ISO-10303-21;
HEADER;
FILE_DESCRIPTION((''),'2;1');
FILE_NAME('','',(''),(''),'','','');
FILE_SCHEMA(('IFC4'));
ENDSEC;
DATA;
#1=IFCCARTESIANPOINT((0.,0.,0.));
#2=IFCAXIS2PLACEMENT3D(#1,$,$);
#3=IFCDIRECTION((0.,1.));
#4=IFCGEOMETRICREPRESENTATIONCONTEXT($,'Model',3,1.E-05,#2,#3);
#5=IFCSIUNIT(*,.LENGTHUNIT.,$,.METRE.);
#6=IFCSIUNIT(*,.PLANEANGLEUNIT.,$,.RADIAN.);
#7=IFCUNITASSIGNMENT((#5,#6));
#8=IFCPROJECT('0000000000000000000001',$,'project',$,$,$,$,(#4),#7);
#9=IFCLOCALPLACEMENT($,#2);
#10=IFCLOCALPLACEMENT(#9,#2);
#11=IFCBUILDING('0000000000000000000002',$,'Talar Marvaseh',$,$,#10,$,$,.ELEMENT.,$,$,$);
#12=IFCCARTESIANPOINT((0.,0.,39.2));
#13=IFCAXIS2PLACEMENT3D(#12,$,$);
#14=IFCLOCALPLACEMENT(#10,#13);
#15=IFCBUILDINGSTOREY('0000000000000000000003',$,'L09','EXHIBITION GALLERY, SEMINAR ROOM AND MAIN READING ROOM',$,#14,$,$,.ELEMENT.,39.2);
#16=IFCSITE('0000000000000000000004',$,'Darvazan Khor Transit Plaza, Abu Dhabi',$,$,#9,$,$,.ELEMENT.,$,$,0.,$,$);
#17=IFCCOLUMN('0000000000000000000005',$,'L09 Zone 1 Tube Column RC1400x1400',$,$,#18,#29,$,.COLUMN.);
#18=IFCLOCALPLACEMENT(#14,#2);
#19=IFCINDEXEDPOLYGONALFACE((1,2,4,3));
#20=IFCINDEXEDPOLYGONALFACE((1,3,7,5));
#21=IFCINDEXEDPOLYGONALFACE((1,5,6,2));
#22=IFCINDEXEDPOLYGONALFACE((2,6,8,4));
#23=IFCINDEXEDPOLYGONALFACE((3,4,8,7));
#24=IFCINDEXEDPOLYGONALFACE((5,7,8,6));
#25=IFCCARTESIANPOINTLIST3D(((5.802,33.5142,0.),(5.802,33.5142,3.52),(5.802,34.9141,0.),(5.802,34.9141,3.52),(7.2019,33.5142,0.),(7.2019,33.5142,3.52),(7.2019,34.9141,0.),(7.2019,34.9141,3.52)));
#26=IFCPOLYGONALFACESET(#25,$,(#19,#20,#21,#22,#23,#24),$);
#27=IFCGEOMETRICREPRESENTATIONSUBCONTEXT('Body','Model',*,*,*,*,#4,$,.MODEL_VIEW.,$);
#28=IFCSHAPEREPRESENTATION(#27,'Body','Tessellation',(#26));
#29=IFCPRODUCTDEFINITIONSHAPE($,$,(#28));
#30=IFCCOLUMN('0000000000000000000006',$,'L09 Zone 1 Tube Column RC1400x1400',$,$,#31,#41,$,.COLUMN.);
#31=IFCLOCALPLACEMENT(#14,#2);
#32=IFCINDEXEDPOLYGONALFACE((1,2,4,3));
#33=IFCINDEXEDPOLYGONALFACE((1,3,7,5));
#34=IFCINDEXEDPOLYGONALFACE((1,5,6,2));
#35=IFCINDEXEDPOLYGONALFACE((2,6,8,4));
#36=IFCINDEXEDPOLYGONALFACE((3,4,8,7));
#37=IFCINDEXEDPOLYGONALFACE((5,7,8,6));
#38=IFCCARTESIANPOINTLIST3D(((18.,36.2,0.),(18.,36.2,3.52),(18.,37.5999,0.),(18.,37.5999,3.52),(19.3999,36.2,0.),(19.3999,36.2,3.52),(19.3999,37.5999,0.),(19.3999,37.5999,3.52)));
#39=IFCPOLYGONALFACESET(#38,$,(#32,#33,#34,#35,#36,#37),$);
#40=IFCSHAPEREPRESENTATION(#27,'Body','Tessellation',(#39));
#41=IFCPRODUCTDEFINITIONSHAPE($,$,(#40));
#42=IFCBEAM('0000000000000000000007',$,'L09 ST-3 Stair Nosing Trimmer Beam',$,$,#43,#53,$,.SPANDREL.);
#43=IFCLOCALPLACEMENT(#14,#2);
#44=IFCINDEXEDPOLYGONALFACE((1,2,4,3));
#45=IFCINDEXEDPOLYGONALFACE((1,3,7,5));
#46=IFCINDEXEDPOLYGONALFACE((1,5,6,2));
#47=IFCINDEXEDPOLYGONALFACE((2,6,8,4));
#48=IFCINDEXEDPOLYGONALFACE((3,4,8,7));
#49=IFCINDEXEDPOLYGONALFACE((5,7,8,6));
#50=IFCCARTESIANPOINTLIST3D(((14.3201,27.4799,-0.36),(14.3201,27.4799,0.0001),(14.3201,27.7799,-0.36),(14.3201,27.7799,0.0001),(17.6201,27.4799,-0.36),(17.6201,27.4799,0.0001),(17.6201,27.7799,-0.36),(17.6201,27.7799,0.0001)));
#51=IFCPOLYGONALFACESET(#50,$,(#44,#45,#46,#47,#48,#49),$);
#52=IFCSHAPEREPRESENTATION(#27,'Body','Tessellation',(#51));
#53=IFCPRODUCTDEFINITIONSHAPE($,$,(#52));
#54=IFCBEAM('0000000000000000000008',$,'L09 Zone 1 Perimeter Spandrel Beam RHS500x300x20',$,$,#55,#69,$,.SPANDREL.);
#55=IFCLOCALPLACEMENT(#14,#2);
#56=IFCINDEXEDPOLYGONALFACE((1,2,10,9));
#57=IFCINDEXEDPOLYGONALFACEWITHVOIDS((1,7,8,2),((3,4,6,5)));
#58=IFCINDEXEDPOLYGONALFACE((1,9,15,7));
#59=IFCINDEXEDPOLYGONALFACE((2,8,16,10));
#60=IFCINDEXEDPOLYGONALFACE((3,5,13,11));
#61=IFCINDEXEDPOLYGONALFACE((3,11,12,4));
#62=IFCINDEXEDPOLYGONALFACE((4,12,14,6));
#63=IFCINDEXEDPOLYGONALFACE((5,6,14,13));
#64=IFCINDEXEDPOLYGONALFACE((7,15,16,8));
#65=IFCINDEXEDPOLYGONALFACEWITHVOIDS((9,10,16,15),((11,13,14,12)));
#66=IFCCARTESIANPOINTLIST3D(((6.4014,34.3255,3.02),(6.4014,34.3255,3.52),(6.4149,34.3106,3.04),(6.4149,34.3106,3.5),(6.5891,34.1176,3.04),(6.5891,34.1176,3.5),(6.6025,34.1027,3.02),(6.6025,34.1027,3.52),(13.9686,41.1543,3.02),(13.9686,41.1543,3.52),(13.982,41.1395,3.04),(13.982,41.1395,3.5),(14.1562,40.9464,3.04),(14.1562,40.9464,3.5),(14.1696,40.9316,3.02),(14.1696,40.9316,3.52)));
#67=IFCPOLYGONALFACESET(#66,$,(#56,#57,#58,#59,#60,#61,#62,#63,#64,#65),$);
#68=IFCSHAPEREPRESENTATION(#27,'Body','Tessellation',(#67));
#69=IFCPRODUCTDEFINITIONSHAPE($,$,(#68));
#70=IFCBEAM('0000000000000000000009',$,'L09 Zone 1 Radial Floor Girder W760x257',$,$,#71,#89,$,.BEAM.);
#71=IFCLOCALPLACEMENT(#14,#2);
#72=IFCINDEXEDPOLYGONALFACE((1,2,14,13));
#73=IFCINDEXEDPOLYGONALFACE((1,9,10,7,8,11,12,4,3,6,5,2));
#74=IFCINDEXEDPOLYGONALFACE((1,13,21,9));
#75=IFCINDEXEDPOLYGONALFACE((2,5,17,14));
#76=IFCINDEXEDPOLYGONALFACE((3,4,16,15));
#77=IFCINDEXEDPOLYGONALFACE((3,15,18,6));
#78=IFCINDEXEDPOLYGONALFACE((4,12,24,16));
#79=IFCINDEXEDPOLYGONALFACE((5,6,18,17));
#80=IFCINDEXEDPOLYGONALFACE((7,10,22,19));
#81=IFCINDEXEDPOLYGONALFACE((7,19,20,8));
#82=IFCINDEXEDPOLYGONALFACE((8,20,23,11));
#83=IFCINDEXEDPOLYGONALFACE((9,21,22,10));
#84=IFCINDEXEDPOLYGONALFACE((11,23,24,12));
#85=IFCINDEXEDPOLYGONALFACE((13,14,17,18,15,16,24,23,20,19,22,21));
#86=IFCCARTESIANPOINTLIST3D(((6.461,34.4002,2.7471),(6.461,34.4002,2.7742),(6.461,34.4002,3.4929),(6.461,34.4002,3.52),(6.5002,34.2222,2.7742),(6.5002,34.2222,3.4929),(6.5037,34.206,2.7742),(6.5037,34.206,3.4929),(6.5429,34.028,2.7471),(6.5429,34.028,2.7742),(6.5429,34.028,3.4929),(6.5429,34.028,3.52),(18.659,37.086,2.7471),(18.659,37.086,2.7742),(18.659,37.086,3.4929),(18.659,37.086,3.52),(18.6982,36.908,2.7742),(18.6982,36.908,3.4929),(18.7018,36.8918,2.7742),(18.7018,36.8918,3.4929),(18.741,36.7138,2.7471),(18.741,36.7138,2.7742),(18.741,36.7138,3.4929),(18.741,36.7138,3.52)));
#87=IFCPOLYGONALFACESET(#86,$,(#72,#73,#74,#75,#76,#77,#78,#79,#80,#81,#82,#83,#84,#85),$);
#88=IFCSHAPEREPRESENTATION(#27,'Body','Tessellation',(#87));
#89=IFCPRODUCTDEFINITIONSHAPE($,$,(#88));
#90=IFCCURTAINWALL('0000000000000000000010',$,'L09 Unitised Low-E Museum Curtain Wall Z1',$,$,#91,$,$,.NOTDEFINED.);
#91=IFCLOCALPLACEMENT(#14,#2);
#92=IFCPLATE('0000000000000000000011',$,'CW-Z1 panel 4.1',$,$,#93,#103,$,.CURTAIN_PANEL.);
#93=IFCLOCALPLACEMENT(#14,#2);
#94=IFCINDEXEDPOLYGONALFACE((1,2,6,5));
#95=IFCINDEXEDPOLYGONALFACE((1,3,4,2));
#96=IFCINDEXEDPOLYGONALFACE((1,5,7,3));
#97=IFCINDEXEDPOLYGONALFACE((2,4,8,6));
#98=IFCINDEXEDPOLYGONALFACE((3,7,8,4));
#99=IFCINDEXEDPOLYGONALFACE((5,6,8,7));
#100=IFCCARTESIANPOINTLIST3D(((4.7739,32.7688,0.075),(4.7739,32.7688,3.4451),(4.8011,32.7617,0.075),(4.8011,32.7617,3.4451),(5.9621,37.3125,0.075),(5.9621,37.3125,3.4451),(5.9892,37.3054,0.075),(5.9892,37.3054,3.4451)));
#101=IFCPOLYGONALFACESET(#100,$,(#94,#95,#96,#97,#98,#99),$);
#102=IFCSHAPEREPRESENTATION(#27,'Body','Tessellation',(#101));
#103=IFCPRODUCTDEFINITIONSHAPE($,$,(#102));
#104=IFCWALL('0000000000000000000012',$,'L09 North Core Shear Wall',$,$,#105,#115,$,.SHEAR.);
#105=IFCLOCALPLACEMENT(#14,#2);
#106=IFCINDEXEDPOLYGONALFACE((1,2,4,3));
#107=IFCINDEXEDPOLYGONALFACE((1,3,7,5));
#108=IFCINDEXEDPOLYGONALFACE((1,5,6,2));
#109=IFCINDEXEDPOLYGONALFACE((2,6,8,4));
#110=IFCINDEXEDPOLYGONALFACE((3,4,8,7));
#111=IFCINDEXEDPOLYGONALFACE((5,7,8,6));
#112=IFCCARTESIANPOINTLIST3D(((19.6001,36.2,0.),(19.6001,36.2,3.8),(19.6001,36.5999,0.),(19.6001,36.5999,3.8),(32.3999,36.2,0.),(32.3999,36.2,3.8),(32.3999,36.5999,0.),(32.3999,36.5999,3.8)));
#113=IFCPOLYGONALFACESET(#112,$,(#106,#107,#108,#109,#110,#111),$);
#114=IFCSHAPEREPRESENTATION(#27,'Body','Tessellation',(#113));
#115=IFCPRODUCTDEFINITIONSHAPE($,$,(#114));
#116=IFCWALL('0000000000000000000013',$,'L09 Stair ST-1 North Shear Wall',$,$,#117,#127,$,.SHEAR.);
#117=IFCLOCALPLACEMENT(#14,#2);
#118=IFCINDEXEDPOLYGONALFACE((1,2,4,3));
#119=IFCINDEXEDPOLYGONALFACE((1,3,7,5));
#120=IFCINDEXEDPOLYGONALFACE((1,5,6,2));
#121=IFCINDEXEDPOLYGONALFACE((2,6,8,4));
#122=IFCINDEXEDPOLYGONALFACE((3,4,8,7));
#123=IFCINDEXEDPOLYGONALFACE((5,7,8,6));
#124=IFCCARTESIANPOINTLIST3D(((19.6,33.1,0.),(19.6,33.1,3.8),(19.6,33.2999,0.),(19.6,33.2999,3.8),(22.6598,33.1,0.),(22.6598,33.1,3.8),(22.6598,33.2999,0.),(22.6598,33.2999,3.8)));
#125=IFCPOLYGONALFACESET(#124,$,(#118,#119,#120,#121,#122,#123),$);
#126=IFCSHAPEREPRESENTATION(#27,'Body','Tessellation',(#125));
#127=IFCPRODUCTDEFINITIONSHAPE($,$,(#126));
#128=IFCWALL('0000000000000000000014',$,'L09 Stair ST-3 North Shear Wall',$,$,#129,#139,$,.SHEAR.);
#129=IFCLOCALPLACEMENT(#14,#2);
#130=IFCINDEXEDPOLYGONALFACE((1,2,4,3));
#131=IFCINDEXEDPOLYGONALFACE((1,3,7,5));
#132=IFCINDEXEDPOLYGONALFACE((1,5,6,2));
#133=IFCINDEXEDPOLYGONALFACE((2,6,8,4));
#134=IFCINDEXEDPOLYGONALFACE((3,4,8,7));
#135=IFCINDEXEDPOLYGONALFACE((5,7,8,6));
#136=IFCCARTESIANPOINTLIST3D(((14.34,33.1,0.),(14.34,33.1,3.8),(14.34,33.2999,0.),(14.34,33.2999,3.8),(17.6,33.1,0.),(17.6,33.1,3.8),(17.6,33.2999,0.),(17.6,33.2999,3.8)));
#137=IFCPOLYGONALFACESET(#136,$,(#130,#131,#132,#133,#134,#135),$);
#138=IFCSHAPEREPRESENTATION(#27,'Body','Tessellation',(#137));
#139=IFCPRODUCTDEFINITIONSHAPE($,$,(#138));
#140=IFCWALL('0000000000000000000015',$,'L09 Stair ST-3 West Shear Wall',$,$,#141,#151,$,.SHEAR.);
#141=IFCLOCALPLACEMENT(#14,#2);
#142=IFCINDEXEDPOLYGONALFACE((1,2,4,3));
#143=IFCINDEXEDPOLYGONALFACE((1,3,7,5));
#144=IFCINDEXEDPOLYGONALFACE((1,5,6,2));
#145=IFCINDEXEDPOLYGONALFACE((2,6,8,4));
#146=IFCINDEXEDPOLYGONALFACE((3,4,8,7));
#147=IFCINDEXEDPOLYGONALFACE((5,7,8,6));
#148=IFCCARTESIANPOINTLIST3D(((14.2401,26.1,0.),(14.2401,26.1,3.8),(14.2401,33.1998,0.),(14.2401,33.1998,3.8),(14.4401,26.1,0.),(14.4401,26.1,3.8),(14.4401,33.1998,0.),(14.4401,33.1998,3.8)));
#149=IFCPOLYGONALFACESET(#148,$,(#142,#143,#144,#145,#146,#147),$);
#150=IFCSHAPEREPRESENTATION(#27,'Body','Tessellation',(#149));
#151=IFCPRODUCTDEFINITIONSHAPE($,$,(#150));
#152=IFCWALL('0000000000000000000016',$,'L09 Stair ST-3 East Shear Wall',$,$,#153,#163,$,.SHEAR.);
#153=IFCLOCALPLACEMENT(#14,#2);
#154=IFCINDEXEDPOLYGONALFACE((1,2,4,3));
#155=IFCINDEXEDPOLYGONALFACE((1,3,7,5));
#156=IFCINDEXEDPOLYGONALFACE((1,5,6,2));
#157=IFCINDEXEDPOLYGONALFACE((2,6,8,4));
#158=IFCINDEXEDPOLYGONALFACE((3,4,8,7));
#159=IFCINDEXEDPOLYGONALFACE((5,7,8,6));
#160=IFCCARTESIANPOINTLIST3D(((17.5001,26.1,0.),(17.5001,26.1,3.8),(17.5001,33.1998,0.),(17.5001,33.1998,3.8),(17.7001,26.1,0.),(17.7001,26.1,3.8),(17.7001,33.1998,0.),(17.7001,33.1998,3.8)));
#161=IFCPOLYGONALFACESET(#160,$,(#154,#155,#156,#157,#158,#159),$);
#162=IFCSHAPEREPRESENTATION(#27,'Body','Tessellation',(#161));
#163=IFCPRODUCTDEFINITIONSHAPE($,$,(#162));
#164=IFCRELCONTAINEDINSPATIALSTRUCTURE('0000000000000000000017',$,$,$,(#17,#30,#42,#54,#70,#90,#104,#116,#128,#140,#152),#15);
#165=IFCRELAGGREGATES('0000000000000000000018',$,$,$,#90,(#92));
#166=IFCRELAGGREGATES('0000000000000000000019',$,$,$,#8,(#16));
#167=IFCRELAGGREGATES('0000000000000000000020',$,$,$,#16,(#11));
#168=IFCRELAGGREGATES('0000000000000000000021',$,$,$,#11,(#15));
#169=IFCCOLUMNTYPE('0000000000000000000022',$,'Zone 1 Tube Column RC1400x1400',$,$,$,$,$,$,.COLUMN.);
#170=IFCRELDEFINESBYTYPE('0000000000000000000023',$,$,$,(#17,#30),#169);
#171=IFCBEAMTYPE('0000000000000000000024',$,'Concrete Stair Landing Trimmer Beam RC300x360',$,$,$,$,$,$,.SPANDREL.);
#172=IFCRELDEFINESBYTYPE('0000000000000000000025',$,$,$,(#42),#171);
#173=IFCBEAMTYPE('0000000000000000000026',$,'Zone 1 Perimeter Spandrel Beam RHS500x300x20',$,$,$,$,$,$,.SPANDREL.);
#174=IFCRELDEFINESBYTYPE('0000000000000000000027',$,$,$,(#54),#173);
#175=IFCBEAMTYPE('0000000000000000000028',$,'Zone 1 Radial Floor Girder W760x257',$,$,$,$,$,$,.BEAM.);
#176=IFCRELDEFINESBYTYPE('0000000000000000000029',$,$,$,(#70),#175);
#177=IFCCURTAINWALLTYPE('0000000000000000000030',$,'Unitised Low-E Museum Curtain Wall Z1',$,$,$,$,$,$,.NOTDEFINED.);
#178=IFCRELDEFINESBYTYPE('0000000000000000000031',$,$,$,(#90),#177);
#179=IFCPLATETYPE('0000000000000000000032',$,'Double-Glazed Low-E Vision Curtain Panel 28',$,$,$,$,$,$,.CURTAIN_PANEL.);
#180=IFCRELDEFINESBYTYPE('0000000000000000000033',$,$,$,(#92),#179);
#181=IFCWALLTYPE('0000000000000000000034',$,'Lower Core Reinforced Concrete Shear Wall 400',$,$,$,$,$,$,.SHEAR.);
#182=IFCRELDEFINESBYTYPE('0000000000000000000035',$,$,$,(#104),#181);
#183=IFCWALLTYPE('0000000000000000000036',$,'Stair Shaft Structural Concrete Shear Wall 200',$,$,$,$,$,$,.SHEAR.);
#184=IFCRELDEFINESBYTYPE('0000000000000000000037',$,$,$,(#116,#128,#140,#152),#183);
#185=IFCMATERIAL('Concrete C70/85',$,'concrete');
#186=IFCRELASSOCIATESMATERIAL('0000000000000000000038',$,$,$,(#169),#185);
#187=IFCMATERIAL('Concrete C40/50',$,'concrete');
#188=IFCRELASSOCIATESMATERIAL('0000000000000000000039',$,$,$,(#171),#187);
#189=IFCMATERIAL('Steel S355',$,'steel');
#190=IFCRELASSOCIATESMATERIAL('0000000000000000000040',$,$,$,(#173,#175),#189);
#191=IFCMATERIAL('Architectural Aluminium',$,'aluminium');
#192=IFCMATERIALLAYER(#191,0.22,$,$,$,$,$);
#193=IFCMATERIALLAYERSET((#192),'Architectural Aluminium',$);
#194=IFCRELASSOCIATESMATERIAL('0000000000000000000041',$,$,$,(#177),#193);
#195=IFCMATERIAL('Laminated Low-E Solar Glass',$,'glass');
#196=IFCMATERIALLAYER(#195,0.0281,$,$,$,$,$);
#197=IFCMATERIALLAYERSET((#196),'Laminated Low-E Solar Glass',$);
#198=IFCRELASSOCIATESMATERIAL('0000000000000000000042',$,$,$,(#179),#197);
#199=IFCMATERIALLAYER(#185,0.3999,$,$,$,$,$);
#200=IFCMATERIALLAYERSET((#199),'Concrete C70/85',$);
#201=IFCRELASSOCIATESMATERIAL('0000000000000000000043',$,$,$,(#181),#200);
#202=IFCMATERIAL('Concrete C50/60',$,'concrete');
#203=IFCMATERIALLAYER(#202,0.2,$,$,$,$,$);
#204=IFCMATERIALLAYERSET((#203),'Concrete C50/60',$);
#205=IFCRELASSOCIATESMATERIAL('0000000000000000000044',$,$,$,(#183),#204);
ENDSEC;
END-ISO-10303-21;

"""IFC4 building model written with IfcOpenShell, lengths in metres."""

from ifc_helpers import new_model, si_unit, direction, frame, frame_2d, origin, origin_2d, place, context, subcontext, project, spatial, rectangle, hollow_rectangle, i_section, extrude, source, transform, mapped, material, layer, layer_set, material_profile, profile_set, type_object, type_shapes, element, aggregate, save


model = new_model("IFC4")

# Units and contexts
model_context = context("Model", 3, precision=1e-05, world=origin(), true_north=direction((0.0, 1.0)))
body_context = subcontext(model_context, "Body", "Model", "MODEL_VIEW")
ifc_project = project(units=[si_unit("LENGTHUNIT", "METRE"), si_unit("PLANEANGLEUNIT", "RADIAN")], contexts=[model_context])

# Site, building, storey
site_placement = place(None, origin())
site = spatial("IfcSite", under=ifc_project, at=site_placement, Name="Darvazan Khor Transit Plaza, Abu Dhabi", CompositionType="ELEMENT", RefElevation=0.0)
building_placement = place(site_placement, origin())
building = spatial("IfcBuilding", under=site, at=building_placement, Name="Talar Marvaseh", CompositionType="ELEMENT")
storey_placement = place(building_placement, frame((0.0, 0.0, 39.2)))
storey = spatial("IfcBuildingStorey", under=building, at=storey_placement, Name="L09", Description="EXHIBITION GALLERY, SEMINAR ROOM AND MAIN READING ROOM", CompositionType="ELEMENT", Elevation=39.2)

# Columns
ifc_material_1 = material(Name="Concrete C70/85", Category="concrete")
ifc_material_profile_1 = material_profile(ifc_material_1, rectangle(XDim=1.3999, YDim=1.3999, at=origin_2d()), Name="RC1400x1400")
ifc_profile_set_1 = profile_set([ifc_material_profile_1], Name="Concrete C70/85")
column_type = type_object("IfcColumnType", Name="Zone 1 Tube Column RC1400x1400", PredefinedType="COLUMN", material=ifc_profile_set_1)
for number, where, z_axis, x_axis, name in (
    (1, (6.502, 34.2141, 0.0), (0.0, 0.0, 1.0), (1.0, 0.0, 0.0), "L09 Zone 1 Tube Column RC1400x1400"),
    (2, (18.7, 36.8999, 0.0), (0.0, 0.0, 1.0), (1.0, 0.0, 0.0), "L09 Zone 1 Tube Column RC1400x1400"),
):
    element("IfcColumn", number, at=place(storey_placement, frame(where, z_axis=z_axis, x_axis=x_axis)), inside=storey, type_object=column_type, Name=name, PredefinedType="COLUMN", context=body_context, shape_type="SweptSolid", body=[
        extrude(rectangle(XDim=1.3999, YDim=1.3999, at=origin_2d()), origin(), (0.0, 0.0, 1.0), 3.52),
    ])

# Beams
ifc_material_2 = material(Name="Concrete C40/50", Category="concrete")
ifc_material_profile_2 = material_profile(ifc_material_2, rectangle(XDim=0.3, YDim=0.3601, at=origin_2d()), Name="RC300x360")
ifc_profile_set_2 = profile_set([ifc_material_profile_2], Name="Concrete C40/50")
beam_type_1 = type_object("IfcBeamType", Name="Concrete Stair Landing Trimmer Beam RC300x360", PredefinedType="SPANDREL", material=ifc_profile_set_2)
beam_1_placement = place(storey_placement, frame((17.6201, 27.6299, -0.1799), z_axis=(-1.0, 0.0, 0.0), x_axis=(0.0, -1.0, 0.0)))
element("IfcBeam", 3, at=beam_1_placement, inside=storey, type_object=beam_type_1, Name="L09 ST-3 Stair Nosing Trimmer Beam", PredefinedType="SPANDREL", context=body_context, shape_type="SweptSolid", body=[
    extrude(rectangle(XDim=0.3, YDim=0.3601, at=origin_2d()), origin(), (0.0, 0.0, 1.0), 3.3),
])
ifc_material_3 = material(Name="Steel S355", Category="steel")
ifc_material_profile_3 = material_profile(ifc_material_3, hollow_rectangle(XDim=0.3, YDim=0.5, WallThickness=0.02, at=origin_2d()), Name="RHS500x300x20")
ifc_profile_set_3 = profile_set([ifc_material_profile_3], Name="Steel S355")
beam_type_2 = type_object("IfcBeamType", Name="Zone 1 Perimeter Spandrel Beam RHS500x300x20", PredefinedType="SPANDREL", material=ifc_profile_set_3)
beam_2_placement = place(storey_placement, frame((6.502, 34.2141, 3.27), z_axis=(0.742394, 0.669963, 0.0), x_axis=(-0.669963, 0.742394, 0.0)))
element("IfcBeam", 4, at=beam_2_placement, inside=storey, type_object=beam_type_2, Name="L09 Zone 1 Perimeter Spandrel Beam RHS500x300x20", PredefinedType="SPANDREL", context=body_context, shape_type="SweptSolid", body=[
    extrude(hollow_rectangle(XDim=0.3, YDim=0.5, WallThickness=0.02, at=origin_2d()), origin(), (0.0, 0.0, 1.0), 10.1929),
])
ifc_material_profile_4 = material_profile(ifc_material_3, i_section(OverallWidth=0.3811, OverallDepth=0.7729, WebThickness=0.0166, FlangeThickness=0.0271, at=origin_2d()), Name="W760x257")
ifc_profile_set_4 = profile_set([ifc_material_profile_4], Name="Steel S355")
beam_type_3 = type_object("IfcBeamType", Name="Zone 1 Radial Floor Girder W760x257", PredefinedType="BEAM", material=ifc_profile_set_4)
beam_3_placement = place(storey_placement, frame((6.502, 34.2141, 3.1335), z_axis=(0.976607, 0.215032, 0.0), x_axis=(-0.215032, 0.976607, 0.0)))
element("IfcBeam", 5, at=beam_3_placement, inside=storey, type_object=beam_type_3, Name="L09 Zone 1 Radial Floor Girder W760x257", PredefinedType="BEAM", context=body_context, shape_type="SweptSolid", body=[
    extrude(i_section(OverallWidth=0.3811, OverallDepth=0.7729, WebThickness=0.0166, FlangeThickness=0.0271, at=origin_2d()), origin(), (0.0, 0.0, 1.0), 12.4902),
])

# Curtain wall, plate
ifc_material_4 = material(Name="Architectural Aluminium", Category="aluminium")
ifc_layer_1 = layer(ifc_material_4, 0.22)
ifc_layer_set_1 = layer_set([ifc_layer_1], Name="Architectural Aluminium")
curtain_wall_type = type_object("IfcCurtainWallType", Name="Unitised Low-E Museum Curtain Wall Z1", PredefinedType="NOTDEFINED", material=ifc_layer_set_1)
curtain_wall_placement = place(storey_placement, origin())
curtain_wall = element("IfcCurtainWall", 6, at=curtain_wall_placement, inside=storey, type_object=curtain_wall_type, Name="L09 Unitised Low-E Museum Curtain Wall Z1", PredefinedType="NOTDEFINED")
ifc_material_5 = material(Name="Laminated Low-E Solar Glass", Category="glass")
ifc_layer_2 = layer(ifc_material_5, 0.0281)
ifc_layer_set_2 = layer_set([ifc_layer_2], Name="Laminated Low-E Solar Glass")
plate_type = type_object("IfcPlateType", Name="Double-Glazed Low-E Vision Curtain Panel 28", PredefinedType="CURTAIN_PANEL", material=ifc_layer_set_2)
shared_shape_1 = source(origin(), body_context, "Body", "SweptSolid", [
    extrude(rectangle(XDim=4.6965, YDim=0.0281, at=origin_2d()), origin(), (0.0, 0.0, 1.0), 3.3701),
])
type_shapes(plate_type, [shared_shape_1])
plate_placement = place(storey_placement, frame((5.3816, 35.0371, 0.075), z_axis=(0.0, 0.0, 1.0), x_axis=(0.252979, 0.967472, 0.0)))
plate = element("IfcPlate", 7, at=plate_placement, type_object=plate_type, Name="CW-Z1 panel 4.1", PredefinedType="CURTAIN_PANEL", context=body_context, shape_type="MappedRepresentation", body=[
    mapped(shared_shape_1, transform((0.0, 0.0, 0.0), x_axis=(1.0, 0.0, 0.0), y_axis=(0.0, 1.0, 0.0), z_axis=(0.0, 0.0, 1.0), scale=1.0)),
])
aggregate(curtain_wall, [plate])

# Walls
ifc_layer_3 = layer(ifc_material_1, 0.3999)
ifc_layer_set_3 = layer_set([ifc_layer_3], Name="Concrete C70/85")
wall_type_1 = type_object("IfcWallType", Name="Lower Core Reinforced Concrete Shear Wall 400", PredefinedType="SHEAR", material=ifc_layer_set_3)
wall_1_placement = place(storey_placement, frame((19.6001, 36.3999, 0.0), z_axis=(0.0, 0.0, 1.0), x_axis=(1.0, 0.0, 0.0)))
element("IfcWall", 8, at=wall_1_placement, inside=storey, type_object=wall_type_1, Name="L09 North Core Shear Wall", PredefinedType="SHEAR", context=body_context, shape_type="SweptSolid", body=[
    extrude(rectangle(XDim=12.7998, YDim=0.3999, at=frame_2d((6.3999, 0.0))), origin(), (0.0, 0.0, 1.0), 3.8),
])
ifc_material_6 = material(Name="Concrete C50/60", Category="concrete")
ifc_layer_4 = layer(ifc_material_6, 0.2)
ifc_layer_set_4 = layer_set([ifc_layer_4], Name="Concrete C50/60")
wall_type_2 = type_object("IfcWallType", Name="Stair Shaft Structural Concrete Shear Wall 200", PredefinedType="SHEAR", material=ifc_layer_set_4)
wall_2_placement = place(storey_placement, frame((19.6001, 33.2, 0.0), z_axis=(0.0, 0.0, 1.0), x_axis=(1.0, 0.0, 0.0)))
element("IfcWall", 9, at=wall_2_placement, inside=storey, type_object=wall_type_2, Name="L09 Stair ST-1 North Shear Wall", PredefinedType="SHEAR", context=body_context, shape_type="SweptSolid", body=[
    extrude(rectangle(XDim=3.0598, YDim=0.2, at=frame_2d((1.5298, 0.0))), origin(), (0.0, 0.0, 1.0), 3.8),
])

# Walls
wall_3_placement = place(storey_placement, frame((14.3401, 33.2, 0.0), z_axis=(0.0, 0.0, 1.0), x_axis=(1.0, 0.0, 0.0)))
element("IfcWall", 10, at=wall_3_placement, inside=storey, type_object=wall_type_2, Name="L09 Stair ST-3 North Shear Wall", PredefinedType="SHEAR", context=body_context, shape_type="SweptSolid", body=[
    extrude(rectangle(XDim=3.26, YDim=0.2, at=frame_2d((1.6299, 0.0))), origin(), (0.0, 0.0, 1.0), 3.8),
])
for number, where, z_axis, x_axis, name in (
    (11, (14.3401, 26.1001, 0.0), (0.0, 0.0, 1.0), (0.0, 1.0, 0.0), "L09 Stair ST-3 West Shear Wall"),
    (12, (17.6001, 26.1001, 0.0), (0.0, 0.0, 1.0), (0.0, 1.0, 0.0), "L09 Stair ST-3 East Shear Wall"),
):
    element("IfcWall", number, at=place(storey_placement, frame(where, z_axis=z_axis, x_axis=x_axis)), inside=storey, type_object=wall_type_2, Name=name, PredefinedType="SHEAR", context=body_context, shape_type="SweptSolid", body=[
        extrude(rectangle(XDim=7.0999, YDim=0.2, at=frame_2d((3.5498, 0.0))), origin(), (0.0, 0.0, 1.0), 3.8),
    ])

save(model, "model.ifc")
